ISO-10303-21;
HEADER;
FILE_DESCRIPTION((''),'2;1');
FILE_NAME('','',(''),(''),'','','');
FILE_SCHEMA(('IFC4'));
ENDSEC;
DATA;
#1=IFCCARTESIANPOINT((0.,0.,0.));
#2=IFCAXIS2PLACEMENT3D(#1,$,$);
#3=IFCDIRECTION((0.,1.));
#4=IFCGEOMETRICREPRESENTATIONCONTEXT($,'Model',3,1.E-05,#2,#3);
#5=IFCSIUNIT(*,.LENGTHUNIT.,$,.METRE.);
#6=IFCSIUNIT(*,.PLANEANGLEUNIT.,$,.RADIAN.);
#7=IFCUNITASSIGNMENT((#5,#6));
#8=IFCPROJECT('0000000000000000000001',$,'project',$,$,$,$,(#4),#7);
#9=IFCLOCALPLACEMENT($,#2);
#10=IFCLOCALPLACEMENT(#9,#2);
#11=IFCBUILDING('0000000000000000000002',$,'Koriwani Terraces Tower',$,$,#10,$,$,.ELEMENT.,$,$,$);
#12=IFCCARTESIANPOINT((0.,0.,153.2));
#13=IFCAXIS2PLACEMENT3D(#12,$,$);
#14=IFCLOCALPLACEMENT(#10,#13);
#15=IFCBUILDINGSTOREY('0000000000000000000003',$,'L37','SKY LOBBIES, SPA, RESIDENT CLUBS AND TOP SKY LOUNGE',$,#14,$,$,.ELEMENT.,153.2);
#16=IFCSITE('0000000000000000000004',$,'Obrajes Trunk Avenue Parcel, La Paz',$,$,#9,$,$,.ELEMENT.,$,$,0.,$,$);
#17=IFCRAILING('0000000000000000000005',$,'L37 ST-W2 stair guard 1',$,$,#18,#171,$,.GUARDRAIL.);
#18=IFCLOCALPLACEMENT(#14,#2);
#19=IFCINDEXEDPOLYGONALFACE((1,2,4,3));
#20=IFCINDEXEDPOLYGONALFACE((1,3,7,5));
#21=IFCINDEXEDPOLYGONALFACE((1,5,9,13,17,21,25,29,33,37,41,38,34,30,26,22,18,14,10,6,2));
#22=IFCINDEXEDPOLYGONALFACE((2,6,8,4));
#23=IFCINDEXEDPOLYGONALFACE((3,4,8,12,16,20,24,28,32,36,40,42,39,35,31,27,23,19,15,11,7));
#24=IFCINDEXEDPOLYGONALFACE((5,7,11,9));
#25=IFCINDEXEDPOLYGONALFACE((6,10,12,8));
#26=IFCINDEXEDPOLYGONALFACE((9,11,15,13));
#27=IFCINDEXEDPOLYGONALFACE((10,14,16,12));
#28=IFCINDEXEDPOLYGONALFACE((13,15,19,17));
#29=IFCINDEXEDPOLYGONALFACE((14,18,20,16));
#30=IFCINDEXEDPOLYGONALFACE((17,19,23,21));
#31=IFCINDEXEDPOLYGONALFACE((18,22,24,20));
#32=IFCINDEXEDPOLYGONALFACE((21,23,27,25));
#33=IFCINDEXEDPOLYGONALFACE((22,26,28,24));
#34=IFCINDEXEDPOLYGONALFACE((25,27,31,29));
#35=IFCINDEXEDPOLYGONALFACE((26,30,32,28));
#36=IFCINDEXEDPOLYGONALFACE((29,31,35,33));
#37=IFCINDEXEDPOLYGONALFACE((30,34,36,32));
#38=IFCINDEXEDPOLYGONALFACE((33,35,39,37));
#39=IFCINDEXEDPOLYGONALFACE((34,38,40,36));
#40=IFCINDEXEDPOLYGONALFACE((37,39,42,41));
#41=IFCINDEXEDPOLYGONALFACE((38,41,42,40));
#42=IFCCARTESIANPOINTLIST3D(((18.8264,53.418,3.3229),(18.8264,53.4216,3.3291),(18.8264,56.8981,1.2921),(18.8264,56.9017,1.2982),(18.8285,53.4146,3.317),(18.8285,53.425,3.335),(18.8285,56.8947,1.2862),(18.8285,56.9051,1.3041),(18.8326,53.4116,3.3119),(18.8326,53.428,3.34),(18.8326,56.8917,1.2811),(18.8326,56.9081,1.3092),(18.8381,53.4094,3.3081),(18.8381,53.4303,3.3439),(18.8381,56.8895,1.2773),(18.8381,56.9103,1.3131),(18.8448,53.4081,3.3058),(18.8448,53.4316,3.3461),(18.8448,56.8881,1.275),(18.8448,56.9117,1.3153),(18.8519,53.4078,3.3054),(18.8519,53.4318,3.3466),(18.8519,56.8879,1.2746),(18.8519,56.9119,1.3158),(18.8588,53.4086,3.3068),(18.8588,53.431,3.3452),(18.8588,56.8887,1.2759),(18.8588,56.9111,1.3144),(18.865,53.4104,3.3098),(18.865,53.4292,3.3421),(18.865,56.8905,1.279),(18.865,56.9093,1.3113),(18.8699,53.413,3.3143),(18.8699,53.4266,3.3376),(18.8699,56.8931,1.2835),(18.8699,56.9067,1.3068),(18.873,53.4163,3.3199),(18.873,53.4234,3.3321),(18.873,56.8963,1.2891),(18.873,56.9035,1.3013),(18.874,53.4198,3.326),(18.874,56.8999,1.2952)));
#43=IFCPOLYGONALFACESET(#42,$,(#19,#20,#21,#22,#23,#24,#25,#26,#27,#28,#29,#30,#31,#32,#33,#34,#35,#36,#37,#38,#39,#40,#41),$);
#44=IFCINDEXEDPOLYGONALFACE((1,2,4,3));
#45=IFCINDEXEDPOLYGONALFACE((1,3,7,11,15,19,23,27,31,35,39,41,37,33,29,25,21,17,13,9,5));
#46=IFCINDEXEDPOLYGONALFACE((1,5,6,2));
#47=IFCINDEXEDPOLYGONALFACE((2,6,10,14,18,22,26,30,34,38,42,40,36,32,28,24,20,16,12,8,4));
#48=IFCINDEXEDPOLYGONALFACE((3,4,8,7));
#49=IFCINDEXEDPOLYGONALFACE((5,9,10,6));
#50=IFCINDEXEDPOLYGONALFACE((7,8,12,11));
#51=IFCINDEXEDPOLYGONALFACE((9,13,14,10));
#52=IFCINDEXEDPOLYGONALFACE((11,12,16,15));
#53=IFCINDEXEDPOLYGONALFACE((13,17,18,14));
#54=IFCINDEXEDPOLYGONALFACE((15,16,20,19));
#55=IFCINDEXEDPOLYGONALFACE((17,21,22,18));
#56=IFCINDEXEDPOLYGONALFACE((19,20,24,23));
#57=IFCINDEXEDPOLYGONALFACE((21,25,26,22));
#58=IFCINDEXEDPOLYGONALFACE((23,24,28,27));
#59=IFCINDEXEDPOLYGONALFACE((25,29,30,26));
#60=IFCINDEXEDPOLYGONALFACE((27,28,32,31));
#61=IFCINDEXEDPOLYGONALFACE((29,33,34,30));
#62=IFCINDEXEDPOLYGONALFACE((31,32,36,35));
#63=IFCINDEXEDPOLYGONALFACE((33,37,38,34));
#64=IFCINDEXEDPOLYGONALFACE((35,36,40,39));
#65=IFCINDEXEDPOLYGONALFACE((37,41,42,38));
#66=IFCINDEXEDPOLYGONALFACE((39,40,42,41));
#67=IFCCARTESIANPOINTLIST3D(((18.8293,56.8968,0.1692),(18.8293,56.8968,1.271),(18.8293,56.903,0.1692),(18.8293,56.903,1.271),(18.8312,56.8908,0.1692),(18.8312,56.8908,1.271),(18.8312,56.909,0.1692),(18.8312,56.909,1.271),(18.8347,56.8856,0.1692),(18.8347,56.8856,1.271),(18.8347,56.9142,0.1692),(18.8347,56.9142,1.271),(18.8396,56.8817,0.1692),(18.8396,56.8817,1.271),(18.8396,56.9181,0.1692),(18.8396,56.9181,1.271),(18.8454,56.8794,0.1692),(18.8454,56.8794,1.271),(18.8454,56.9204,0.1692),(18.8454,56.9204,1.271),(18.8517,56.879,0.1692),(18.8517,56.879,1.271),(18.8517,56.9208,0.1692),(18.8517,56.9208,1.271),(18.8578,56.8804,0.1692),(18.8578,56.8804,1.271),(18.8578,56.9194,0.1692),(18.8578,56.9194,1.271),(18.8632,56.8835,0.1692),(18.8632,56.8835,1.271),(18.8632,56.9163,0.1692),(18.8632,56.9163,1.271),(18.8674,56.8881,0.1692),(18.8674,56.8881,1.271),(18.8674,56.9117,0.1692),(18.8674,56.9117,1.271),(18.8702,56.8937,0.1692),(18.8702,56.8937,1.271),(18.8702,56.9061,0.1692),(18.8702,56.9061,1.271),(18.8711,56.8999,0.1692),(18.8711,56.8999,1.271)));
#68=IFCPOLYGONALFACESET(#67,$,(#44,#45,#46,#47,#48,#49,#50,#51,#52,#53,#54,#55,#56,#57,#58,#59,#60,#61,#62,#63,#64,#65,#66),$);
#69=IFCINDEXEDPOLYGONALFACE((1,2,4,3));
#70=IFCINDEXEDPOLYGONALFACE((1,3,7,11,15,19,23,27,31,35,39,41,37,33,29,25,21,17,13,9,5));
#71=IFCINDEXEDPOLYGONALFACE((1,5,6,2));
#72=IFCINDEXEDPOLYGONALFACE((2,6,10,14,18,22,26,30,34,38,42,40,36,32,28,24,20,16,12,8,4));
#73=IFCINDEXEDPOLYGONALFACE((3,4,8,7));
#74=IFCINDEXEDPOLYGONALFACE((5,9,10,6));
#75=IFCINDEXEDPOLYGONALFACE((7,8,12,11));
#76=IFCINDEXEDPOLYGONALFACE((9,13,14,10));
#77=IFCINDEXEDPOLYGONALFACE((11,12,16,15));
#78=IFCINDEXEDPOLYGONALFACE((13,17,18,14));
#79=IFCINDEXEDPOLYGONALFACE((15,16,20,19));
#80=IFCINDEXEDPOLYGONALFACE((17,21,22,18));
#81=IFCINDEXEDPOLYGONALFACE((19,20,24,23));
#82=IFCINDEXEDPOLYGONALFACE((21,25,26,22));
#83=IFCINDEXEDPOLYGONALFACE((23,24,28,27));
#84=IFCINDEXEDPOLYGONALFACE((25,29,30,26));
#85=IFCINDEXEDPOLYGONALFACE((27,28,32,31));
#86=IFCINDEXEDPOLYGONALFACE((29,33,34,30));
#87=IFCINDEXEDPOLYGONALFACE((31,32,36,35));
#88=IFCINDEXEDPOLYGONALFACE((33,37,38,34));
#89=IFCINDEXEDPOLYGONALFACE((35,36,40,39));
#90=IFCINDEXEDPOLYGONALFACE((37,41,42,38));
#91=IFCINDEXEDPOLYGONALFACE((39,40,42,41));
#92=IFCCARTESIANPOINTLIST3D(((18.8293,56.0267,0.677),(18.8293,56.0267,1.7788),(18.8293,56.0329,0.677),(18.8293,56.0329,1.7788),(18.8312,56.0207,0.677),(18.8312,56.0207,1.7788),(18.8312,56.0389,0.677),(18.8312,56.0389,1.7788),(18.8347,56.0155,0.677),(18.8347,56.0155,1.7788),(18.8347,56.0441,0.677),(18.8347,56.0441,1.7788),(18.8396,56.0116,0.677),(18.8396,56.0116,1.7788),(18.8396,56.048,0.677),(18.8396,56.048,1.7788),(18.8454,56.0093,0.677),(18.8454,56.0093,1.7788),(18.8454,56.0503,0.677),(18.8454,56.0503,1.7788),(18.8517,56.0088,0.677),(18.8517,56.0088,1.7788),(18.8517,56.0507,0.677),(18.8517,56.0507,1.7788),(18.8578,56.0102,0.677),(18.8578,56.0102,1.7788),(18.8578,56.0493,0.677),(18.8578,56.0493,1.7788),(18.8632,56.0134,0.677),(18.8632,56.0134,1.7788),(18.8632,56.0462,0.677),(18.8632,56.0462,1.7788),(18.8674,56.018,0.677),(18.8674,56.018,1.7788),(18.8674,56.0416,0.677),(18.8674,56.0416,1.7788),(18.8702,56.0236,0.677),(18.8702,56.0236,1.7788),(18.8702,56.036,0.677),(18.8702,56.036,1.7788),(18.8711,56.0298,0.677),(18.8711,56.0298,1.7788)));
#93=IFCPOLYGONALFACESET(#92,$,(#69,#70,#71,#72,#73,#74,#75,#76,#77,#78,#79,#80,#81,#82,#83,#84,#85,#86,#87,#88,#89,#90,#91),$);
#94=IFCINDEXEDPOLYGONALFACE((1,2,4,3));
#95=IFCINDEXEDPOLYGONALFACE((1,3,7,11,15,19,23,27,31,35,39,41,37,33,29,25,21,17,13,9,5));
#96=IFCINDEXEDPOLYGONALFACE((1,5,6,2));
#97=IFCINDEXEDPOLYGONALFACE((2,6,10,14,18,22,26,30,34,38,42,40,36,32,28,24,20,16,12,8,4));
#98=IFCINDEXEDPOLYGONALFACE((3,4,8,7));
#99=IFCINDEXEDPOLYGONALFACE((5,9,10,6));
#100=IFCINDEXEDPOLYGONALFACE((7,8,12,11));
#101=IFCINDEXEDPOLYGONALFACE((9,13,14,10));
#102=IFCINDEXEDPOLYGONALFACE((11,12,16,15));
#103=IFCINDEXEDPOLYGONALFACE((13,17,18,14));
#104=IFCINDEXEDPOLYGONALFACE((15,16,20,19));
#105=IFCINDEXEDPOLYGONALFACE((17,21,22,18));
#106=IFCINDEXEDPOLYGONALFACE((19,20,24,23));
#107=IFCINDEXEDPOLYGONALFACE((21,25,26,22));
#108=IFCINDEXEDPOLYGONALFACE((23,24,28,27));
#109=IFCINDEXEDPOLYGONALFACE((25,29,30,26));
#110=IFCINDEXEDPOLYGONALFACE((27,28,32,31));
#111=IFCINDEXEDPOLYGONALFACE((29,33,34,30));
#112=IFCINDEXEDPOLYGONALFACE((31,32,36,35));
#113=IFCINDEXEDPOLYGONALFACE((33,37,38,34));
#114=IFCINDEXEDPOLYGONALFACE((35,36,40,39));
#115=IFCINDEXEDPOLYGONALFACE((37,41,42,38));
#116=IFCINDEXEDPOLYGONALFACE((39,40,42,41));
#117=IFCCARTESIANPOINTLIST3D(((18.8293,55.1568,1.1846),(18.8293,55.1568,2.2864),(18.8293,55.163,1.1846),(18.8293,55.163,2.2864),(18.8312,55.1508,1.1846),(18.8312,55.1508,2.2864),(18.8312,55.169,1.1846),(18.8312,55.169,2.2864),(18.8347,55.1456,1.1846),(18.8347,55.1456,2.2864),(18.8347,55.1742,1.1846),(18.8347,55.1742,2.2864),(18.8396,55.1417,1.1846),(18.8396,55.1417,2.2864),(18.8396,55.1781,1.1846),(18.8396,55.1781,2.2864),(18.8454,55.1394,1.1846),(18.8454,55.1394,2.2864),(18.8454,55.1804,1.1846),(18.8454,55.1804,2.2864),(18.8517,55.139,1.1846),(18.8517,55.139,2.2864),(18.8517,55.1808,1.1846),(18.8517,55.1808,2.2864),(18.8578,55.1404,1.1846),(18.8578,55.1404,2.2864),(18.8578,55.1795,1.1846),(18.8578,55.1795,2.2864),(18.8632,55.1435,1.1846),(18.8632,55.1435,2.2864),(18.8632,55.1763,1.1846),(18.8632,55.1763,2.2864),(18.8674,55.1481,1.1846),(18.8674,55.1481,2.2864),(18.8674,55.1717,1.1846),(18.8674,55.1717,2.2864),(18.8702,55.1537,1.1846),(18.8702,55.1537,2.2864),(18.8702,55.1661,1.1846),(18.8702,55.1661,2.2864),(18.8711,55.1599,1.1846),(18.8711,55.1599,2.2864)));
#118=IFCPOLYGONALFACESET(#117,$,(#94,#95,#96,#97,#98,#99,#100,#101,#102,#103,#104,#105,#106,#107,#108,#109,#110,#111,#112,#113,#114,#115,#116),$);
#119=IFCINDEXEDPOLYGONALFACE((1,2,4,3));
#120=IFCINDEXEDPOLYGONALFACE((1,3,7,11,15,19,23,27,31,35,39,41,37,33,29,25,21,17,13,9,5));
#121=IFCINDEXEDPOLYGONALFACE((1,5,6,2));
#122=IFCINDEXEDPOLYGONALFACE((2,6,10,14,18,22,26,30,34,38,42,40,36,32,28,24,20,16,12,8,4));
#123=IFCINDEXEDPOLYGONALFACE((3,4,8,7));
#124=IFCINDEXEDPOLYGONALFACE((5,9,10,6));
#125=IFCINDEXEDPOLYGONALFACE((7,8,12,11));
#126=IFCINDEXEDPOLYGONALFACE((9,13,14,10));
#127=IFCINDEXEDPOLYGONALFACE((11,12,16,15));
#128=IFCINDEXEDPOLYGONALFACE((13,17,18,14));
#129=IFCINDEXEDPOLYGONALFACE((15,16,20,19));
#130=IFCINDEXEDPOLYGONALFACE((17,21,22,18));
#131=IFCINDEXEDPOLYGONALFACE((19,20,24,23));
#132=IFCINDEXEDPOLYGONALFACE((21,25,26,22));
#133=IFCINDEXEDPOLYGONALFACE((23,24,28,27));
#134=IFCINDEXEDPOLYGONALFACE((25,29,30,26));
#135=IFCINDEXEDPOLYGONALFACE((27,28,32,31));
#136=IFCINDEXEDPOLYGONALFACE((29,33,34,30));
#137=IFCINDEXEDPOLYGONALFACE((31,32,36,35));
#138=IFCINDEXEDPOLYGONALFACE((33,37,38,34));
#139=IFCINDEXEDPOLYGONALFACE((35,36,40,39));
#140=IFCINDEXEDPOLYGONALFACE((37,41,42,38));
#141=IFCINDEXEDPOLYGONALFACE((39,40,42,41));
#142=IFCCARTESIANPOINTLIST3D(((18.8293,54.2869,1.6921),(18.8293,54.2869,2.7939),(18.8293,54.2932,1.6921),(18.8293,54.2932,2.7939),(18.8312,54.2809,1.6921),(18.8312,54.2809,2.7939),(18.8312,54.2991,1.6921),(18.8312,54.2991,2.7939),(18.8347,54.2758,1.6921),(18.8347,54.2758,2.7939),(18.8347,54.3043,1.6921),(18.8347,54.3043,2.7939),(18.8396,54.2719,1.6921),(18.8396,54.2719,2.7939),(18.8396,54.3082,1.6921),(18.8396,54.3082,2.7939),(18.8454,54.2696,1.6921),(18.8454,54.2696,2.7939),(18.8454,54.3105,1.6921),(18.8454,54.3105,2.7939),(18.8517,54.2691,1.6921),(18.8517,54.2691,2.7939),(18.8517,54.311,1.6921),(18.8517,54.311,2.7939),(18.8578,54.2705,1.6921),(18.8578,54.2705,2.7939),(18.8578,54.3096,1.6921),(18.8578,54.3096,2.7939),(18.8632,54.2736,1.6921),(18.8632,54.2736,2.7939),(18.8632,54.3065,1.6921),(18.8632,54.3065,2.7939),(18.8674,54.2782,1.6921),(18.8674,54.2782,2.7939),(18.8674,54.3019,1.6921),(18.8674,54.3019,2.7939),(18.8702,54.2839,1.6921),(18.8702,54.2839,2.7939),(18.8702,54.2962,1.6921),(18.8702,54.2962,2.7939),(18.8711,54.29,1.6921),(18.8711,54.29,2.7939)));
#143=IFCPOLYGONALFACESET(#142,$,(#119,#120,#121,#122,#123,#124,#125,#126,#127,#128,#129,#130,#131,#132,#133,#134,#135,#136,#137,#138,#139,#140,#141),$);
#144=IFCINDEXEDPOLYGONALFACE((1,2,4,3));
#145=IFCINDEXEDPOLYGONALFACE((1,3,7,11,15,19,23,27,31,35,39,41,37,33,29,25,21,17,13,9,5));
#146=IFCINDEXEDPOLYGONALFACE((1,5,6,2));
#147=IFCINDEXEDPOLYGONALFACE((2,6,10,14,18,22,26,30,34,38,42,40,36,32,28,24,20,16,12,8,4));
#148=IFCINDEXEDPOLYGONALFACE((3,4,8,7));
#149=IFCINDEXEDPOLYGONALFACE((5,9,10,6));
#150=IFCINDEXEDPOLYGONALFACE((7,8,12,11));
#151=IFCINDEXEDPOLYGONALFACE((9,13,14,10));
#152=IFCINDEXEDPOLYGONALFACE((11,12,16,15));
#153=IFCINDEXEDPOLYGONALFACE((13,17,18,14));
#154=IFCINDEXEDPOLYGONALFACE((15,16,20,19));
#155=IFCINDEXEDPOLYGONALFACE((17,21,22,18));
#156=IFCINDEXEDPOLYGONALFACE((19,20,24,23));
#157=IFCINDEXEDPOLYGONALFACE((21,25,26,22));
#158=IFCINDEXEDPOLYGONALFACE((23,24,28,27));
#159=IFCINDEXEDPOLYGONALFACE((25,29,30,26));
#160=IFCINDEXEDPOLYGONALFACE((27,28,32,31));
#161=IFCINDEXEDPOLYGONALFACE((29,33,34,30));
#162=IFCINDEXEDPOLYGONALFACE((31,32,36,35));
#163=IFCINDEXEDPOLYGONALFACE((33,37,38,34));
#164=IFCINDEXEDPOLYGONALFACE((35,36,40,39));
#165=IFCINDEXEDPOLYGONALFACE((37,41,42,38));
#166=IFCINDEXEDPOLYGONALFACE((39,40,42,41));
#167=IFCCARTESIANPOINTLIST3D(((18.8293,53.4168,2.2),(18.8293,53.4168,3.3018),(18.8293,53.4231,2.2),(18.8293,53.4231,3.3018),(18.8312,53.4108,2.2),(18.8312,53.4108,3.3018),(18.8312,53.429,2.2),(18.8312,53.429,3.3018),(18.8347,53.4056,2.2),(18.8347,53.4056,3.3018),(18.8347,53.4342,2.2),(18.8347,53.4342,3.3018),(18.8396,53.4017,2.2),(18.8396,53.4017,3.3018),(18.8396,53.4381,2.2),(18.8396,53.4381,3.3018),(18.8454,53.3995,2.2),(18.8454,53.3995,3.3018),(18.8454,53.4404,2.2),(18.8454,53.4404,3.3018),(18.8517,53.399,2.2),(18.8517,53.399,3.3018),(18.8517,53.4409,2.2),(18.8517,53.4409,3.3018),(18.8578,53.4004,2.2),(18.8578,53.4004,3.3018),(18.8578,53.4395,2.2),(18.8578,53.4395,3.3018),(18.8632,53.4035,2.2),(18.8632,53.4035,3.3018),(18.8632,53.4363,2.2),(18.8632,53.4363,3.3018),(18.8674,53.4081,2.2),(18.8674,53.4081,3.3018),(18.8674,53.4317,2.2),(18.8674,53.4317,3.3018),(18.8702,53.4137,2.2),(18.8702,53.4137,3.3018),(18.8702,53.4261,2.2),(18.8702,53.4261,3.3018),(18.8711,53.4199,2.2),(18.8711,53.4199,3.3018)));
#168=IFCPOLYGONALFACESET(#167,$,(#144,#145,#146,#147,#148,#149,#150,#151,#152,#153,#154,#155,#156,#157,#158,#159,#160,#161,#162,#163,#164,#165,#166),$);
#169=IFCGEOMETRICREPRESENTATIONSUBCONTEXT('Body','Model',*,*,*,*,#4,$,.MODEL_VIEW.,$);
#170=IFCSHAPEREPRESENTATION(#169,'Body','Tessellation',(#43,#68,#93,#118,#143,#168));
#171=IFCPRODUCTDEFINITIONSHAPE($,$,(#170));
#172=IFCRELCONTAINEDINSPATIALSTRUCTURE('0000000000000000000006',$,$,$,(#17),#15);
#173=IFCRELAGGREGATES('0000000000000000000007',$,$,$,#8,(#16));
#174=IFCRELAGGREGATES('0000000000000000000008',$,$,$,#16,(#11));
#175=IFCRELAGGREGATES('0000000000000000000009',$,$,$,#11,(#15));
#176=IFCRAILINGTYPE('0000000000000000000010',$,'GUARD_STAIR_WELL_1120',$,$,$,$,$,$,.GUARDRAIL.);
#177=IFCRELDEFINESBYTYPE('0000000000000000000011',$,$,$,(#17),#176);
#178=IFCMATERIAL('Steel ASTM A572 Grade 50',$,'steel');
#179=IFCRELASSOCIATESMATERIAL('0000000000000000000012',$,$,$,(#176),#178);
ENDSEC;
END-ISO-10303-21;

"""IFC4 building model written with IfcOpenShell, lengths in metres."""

from ifc_helpers import new_model, si_unit, direction, frame, origin, origin_2d, place, context, subcontext, project, spatial, circle, extrude, material, type_object, element, save


model = new_model("IFC4")

# Units and contexts
model_context = context("Model", 3, precision=1e-05, world=origin(), true_north=direction((0.0, 1.0)))
body_context = subcontext(model_context, "Body", "Model", "MODEL_VIEW")
ifc_project = project(units=[si_unit("LENGTHUNIT", "METRE"), si_unit("PLANEANGLEUNIT", "RADIAN")], contexts=[model_context])

# Site, building, storey
site_placement = place(None, origin())
site = spatial("IfcSite", under=ifc_project, at=site_placement, Name="Obrajes Trunk Avenue Parcel, La Paz", CompositionType="ELEMENT", RefElevation=0.0)
building_placement = place(site_placement, origin())
building = spatial("IfcBuilding", under=site, at=building_placement, Name="Koriwani Terraces Tower", CompositionType="ELEMENT")
storey_placement = place(building_placement, frame((0.0, 0.0, 153.2)))
storey = spatial("IfcBuildingStorey", under=building, at=storey_placement, Name="L37", Description="SKY LOBBIES, SPA, RESIDENT CLUBS AND TOP SKY LOUNGE", CompositionType="ELEMENT", Elevation=153.2)

# Shared definitions
ifc_material_1 = material(Name="Steel ASTM A572 Grade 50", Category="steel")

# Railing
railing_type_1 = type_object("IfcRailingType", Name="GUARD_STAIR_WELL_1120", PredefinedType="GUARDRAIL", material=ifc_material_1)
railing_1_placement = place(storey_placement, frame((18.8501, 56.8999, 0.1692)))
element("IfcRailing", 1, at=railing_1_placement, inside=storey, type_object=railing_type_1, Name="L37 ST-W2 stair guard 1", PredefinedType="GUARDRAIL", context=body_context, shape_type="SweptSolid", body=[
    extrude(circle(Radius=0.0239, at=origin_2d()), frame((0.0, 0.0, 1.126), z_axis=(0.0, -0.863695, 0.504014), x_axis=(1.0, 0.0, 0.0)), (0.0, 0.0, 1.0), 4.0293),
    extrude(circle(Radius=0.021, at=origin_2d()), origin(), (0.0, 0.0, 1.0), 1.1018),
    extrude(circle(Radius=0.021, at=origin_2d()), frame((0.0, -0.8701, 0.5078)), (0.0, 0.0, 1.0), 1.1018),
    extrude(circle(Radius=0.021, at=origin_2d()), frame((0.0, -1.74, 1.0154)), (0.0, 0.0, 1.0), 1.1018),
    extrude(circle(Radius=0.021, at=origin_2d()), frame((0.0, -2.6099, 1.5229)), (0.0, 0.0, 1.0), 1.1018),
    extrude(circle(Radius=0.021, at=origin_2d()), frame((0.0, -3.48, 2.0308)), (0.0, 0.0, 1.0), 1.1018),
])

save(model, "model.ifc")
